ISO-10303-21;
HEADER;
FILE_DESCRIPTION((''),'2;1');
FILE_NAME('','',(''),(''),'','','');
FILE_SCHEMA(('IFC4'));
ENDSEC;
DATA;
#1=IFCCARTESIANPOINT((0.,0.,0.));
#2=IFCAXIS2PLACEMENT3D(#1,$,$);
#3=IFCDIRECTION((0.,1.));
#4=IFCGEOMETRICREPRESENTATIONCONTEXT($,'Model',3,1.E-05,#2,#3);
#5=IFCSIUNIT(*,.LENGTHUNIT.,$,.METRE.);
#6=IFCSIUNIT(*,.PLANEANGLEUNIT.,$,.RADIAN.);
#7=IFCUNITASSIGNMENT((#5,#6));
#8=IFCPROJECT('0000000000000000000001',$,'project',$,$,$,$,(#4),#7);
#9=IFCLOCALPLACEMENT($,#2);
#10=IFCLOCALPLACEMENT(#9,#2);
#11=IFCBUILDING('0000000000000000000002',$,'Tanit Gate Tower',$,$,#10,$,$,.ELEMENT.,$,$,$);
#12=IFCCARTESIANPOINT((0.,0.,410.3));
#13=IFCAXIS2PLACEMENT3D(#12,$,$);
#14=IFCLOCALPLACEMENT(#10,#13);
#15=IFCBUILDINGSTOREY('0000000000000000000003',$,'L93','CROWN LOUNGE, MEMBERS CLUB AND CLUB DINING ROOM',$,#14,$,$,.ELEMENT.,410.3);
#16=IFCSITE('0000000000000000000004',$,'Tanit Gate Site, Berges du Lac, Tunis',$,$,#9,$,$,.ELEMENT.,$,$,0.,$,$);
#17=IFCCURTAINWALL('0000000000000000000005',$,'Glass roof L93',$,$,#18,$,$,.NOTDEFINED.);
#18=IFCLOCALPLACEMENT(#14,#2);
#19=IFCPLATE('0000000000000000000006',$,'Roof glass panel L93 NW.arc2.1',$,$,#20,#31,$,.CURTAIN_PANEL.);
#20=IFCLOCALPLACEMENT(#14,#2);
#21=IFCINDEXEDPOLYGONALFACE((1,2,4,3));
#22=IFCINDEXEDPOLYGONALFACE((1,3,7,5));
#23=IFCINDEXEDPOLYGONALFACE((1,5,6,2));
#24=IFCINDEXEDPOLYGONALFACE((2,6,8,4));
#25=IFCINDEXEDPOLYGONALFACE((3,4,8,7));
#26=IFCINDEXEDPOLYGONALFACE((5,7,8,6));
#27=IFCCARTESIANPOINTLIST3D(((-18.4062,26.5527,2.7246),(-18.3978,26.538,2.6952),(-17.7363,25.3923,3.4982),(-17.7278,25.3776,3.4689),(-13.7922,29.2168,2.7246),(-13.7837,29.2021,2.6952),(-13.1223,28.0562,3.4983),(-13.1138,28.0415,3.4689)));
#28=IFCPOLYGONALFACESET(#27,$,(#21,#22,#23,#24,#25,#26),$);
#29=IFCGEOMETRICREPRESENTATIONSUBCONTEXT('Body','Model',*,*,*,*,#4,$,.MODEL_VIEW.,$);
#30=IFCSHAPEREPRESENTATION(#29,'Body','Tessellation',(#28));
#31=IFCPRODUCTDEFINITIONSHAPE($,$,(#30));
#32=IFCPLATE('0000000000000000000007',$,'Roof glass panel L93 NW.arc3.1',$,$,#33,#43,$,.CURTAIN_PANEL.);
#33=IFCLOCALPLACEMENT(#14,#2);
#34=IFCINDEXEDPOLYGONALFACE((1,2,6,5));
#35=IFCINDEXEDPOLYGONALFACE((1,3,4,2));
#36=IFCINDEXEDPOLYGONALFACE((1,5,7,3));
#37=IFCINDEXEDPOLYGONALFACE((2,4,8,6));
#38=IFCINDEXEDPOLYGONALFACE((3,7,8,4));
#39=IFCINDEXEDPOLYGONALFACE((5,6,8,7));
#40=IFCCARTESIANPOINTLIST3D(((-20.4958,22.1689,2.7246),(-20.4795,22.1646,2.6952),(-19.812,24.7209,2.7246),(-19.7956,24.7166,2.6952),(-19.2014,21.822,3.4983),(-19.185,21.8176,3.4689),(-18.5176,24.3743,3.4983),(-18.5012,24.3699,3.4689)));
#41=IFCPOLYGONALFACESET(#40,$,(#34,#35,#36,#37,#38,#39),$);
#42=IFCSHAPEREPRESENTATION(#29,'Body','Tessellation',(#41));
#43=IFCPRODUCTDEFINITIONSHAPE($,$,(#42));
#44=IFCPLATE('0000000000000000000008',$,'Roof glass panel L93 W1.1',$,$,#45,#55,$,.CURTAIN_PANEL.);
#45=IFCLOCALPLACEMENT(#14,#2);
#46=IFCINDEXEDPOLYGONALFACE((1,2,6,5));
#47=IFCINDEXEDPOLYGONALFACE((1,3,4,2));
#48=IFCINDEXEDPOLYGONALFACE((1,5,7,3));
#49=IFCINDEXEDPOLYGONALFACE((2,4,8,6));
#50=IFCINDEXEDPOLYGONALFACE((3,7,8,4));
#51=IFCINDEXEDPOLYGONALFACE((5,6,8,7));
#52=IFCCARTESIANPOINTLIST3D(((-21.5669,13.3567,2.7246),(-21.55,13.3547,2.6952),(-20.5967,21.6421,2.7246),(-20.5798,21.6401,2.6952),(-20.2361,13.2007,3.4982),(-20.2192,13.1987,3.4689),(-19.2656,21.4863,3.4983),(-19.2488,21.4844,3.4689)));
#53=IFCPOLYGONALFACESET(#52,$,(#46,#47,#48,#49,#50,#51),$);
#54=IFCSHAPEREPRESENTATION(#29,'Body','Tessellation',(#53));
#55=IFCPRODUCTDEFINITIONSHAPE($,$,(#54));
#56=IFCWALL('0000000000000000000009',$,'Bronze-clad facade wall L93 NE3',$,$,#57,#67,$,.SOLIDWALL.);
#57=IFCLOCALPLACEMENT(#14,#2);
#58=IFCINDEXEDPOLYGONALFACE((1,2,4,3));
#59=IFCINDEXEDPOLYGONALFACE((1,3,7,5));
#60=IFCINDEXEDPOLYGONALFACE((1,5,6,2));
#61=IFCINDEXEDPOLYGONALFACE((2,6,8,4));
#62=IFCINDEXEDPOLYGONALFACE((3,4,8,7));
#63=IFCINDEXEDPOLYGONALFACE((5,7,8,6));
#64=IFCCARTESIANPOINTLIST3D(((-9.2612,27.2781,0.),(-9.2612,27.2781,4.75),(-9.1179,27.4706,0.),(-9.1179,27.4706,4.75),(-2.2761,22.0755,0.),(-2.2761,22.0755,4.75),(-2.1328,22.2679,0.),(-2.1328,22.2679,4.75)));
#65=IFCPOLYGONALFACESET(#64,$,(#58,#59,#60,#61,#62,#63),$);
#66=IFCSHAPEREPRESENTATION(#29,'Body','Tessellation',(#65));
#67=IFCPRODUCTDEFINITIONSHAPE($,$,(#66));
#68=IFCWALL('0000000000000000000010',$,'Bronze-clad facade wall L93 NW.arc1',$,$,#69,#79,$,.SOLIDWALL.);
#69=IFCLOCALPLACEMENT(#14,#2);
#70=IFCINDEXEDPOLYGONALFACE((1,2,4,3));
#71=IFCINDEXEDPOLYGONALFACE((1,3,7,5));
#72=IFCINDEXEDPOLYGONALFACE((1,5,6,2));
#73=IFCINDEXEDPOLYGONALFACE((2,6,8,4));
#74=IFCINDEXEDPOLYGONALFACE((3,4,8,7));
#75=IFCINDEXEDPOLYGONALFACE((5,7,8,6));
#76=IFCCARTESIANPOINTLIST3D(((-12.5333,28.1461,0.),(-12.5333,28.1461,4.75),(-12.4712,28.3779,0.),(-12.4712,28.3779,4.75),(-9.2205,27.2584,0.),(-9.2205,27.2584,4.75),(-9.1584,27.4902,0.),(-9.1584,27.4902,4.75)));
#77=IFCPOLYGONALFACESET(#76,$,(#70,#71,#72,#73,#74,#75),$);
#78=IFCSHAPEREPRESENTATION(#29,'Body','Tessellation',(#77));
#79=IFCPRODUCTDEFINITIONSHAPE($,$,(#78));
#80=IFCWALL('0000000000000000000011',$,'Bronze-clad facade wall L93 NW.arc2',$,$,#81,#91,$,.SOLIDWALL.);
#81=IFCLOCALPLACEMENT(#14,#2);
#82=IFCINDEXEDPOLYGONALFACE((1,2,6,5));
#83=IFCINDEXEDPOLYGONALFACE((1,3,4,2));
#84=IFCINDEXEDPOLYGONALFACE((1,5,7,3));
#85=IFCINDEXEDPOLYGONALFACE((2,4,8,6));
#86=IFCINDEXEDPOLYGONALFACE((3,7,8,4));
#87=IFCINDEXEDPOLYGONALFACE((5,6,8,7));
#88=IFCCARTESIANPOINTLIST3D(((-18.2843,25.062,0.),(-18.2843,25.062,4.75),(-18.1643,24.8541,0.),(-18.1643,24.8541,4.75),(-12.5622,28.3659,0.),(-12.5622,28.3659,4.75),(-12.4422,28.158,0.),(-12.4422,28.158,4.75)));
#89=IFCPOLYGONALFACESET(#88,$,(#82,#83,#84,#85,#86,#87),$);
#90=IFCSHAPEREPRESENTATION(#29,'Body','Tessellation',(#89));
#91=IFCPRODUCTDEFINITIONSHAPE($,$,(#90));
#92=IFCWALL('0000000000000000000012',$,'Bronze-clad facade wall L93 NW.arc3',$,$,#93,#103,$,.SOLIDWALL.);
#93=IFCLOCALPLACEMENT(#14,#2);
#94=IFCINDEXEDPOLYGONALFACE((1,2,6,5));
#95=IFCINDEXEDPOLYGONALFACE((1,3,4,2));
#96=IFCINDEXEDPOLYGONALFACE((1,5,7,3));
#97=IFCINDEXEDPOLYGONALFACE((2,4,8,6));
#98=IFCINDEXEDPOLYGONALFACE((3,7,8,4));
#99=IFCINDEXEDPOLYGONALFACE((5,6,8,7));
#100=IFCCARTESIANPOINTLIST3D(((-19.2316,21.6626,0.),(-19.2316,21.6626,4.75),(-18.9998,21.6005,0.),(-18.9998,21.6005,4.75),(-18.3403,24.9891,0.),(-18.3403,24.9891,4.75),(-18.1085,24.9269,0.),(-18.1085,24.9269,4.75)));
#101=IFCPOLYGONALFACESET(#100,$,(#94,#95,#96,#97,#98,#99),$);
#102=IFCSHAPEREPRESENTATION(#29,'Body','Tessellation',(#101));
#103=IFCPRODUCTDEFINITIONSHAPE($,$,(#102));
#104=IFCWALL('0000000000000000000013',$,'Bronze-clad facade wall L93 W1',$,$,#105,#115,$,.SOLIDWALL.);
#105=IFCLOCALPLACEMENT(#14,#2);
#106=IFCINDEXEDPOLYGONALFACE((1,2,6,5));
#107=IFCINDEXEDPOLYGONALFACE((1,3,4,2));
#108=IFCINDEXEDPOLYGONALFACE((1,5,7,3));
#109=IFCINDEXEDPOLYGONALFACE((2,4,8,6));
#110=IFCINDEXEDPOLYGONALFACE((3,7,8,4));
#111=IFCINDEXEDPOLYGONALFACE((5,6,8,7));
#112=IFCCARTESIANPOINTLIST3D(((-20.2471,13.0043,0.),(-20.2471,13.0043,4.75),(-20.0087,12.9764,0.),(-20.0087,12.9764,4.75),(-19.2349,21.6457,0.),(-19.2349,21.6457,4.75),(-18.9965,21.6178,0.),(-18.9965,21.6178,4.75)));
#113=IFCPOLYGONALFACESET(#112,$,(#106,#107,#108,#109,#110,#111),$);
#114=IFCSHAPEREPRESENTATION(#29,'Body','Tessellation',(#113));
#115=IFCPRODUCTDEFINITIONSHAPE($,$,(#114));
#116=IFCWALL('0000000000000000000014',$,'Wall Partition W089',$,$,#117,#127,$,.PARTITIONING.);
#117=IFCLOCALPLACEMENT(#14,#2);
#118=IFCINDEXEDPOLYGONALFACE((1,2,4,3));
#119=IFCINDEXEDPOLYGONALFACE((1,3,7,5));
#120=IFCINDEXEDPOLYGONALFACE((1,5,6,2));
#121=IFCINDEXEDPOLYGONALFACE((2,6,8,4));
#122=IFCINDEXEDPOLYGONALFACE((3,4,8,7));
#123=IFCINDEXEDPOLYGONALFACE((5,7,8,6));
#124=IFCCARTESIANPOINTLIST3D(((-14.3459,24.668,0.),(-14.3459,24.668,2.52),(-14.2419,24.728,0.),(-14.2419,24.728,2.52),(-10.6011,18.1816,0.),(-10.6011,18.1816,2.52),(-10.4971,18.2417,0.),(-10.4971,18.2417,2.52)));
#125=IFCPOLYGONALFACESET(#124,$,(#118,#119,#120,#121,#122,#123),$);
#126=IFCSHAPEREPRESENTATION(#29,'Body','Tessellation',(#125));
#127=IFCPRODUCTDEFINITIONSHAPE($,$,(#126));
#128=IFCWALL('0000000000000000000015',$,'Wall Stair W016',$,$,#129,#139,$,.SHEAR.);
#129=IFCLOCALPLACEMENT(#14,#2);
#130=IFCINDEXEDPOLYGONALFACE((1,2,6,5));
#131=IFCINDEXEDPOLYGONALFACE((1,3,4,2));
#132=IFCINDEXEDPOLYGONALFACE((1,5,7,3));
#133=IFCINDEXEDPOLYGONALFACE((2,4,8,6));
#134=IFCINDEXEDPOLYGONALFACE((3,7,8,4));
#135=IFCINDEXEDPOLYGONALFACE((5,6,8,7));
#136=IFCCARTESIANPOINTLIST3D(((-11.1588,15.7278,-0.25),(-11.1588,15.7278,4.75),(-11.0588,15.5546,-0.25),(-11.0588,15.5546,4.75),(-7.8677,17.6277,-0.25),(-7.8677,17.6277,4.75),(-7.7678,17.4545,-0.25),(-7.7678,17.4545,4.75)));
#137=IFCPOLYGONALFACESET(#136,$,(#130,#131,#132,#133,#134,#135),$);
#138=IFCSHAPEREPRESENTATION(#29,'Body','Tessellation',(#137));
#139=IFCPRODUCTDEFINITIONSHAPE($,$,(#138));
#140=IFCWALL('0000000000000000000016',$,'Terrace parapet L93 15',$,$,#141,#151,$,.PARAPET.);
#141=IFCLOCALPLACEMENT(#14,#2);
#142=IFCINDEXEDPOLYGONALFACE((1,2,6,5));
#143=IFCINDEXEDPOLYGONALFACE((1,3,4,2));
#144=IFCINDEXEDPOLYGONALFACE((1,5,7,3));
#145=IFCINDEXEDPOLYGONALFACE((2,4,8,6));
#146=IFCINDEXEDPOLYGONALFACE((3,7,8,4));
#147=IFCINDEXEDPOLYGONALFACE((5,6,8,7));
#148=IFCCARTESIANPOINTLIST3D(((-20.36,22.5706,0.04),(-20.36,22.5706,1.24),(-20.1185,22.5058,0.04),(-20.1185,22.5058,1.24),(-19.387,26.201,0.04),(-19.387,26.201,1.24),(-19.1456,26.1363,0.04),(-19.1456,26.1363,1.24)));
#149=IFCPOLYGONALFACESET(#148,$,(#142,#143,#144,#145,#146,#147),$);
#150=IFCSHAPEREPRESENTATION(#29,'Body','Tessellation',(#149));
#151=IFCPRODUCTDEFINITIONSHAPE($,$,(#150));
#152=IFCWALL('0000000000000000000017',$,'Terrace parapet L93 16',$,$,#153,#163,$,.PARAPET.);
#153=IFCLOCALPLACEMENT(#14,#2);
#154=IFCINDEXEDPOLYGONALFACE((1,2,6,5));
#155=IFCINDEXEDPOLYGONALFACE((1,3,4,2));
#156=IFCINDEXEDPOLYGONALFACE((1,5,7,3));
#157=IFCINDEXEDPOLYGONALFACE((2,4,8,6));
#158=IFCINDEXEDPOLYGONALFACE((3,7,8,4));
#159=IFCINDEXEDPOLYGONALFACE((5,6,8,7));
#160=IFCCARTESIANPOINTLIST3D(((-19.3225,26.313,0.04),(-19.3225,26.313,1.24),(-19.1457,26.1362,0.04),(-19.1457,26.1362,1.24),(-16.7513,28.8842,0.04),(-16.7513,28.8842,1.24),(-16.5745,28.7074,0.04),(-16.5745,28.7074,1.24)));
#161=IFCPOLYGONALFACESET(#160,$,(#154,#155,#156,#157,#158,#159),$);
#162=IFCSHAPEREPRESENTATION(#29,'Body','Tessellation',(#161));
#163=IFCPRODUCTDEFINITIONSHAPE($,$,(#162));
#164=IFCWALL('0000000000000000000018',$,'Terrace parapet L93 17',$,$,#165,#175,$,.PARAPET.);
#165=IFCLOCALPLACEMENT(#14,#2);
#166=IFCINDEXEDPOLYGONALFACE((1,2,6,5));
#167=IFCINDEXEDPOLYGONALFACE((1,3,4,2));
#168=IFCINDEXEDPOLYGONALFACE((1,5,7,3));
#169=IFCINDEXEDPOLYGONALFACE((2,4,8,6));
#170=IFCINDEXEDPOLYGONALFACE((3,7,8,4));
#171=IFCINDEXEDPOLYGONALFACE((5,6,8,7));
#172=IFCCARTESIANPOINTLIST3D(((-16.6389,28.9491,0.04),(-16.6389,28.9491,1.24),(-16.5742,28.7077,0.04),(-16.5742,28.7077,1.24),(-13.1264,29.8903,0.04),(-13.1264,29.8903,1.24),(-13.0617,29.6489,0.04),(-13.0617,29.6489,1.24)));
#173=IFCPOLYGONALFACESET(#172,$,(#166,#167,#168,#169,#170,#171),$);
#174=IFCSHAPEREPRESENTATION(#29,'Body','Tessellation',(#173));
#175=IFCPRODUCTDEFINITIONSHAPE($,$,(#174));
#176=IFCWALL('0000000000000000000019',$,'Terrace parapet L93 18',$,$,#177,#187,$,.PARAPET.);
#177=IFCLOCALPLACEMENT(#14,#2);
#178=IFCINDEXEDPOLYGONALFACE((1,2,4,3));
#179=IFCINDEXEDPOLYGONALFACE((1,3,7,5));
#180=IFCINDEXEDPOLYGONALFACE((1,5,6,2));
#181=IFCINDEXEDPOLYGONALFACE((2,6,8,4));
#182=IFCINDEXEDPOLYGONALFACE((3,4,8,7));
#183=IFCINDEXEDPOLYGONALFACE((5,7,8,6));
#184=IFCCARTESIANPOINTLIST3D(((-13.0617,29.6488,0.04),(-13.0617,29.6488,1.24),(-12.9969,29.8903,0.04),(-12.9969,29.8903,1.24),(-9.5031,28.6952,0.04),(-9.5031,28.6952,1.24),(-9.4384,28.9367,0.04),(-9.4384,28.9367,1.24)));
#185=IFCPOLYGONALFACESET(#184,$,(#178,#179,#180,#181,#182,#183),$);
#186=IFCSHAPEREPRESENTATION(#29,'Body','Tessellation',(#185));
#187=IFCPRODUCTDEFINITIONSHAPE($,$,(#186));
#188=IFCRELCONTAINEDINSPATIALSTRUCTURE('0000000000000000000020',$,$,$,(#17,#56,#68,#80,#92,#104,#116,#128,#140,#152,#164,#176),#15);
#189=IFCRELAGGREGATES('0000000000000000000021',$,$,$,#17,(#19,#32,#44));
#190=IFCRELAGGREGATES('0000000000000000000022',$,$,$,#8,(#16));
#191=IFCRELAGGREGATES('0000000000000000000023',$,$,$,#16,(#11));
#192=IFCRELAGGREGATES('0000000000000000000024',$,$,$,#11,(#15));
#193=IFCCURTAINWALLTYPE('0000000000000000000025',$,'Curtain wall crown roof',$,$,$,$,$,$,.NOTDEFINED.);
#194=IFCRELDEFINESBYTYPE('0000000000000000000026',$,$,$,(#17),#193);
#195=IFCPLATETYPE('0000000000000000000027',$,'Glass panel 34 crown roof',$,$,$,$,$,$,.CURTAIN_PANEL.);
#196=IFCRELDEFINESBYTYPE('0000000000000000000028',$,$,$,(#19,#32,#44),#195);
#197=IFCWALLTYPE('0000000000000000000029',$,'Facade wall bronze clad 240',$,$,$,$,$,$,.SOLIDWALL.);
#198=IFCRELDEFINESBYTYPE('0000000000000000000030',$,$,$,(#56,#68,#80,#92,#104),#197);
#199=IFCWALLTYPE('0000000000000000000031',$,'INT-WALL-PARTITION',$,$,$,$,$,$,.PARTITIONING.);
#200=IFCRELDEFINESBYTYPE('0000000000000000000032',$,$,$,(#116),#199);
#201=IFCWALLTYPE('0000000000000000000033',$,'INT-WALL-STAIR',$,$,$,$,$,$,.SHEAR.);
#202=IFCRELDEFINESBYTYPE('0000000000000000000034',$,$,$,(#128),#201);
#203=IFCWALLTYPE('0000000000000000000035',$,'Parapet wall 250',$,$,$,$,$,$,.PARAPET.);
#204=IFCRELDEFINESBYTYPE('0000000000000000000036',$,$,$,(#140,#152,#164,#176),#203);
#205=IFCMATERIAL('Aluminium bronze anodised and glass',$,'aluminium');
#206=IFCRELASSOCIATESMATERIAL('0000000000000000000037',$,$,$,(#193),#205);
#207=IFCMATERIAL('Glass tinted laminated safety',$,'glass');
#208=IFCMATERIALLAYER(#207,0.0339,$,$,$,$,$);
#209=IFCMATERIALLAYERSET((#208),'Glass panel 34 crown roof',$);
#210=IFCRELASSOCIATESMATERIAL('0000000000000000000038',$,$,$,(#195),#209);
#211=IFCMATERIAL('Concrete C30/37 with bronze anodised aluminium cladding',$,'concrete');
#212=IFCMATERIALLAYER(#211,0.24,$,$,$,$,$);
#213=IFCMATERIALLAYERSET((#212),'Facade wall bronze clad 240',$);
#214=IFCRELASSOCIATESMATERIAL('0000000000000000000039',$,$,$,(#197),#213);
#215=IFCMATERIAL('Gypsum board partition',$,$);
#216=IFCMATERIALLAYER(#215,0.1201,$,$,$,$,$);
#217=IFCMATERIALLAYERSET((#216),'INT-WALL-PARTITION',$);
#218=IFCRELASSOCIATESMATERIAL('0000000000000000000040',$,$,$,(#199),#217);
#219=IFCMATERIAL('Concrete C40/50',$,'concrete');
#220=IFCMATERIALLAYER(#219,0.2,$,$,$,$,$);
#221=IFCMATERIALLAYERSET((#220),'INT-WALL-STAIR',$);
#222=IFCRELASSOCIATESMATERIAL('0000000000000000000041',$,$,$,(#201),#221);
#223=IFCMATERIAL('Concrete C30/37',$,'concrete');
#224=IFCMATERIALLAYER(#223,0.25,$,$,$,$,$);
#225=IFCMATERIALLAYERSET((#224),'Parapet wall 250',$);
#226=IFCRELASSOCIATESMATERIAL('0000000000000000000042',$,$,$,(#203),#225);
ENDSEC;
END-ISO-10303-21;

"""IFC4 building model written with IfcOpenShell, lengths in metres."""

from ifc_helpers import new_model, si_unit, direction, frame, frame_2d, origin, place, context, subcontext, project, spatial, polyline, rectangle, outline, extrude, material, layer, layer_set, type_object, element, aggregate, save


model = new_model("IFC4")

# Units and contexts
model_context = context("Model", 3, precision=1e-05, world=origin(), true_north=direction((0.0, 1.0)))
body_context = subcontext(model_context, "Body", "Model", "MODEL_VIEW")
ifc_project = project(units=[si_unit("LENGTHUNIT", "METRE"), si_unit("PLANEANGLEUNIT", "RADIAN")], contexts=[model_context])

# Site, building, storey
site_placement = place(None, origin())
site = spatial("IfcSite", under=ifc_project, at=site_placement, Name="Tanit Gate Site, Berges du Lac, Tunis", CompositionType="ELEMENT", RefElevation=0.0)
building_placement = place(site_placement, origin())
building = spatial("IfcBuilding", under=site, at=building_placement, Name="Tanit Gate Tower", CompositionType="ELEMENT")
storey_placement = place(building_placement, frame((0.0, 0.0, 410.3)))
storey = spatial("IfcBuildingStorey", under=building, at=storey_placement, Name="L93", Description="CROWN LOUNGE, MEMBERS CLUB AND CLUB DINING ROOM", CompositionType="ELEMENT", Elevation=410.3)

# Curtain wall
ifc_material_1 = material(Name="Aluminium bronze anodised and glass", Category="aluminium")
curtain_wall_type = type_object("IfcCurtainWallType", Name="Curtain wall crown roof", PredefinedType="NOTDEFINED", material=ifc_material_1)
curtain_wall_placement = place(storey_placement, origin())
curtain_wall = element("IfcCurtainWall", 1, at=curtain_wall_placement, inside=storey, type_object=curtain_wall_type, Name="Glass roof L93", PredefinedType="NOTDEFINED")

# Plates
ifc_material_2 = material(Name="Glass tinted laminated safety", Category="glass")
ifc_layer_1 = layer(ifc_material_2, 0.0339)
ifc_layer_set_1 = layer_set([ifc_layer_1], Name="Glass panel 34 crown roof")
plate_type = type_object("IfcPlateType", Name="Glass panel 34 crown roof", PredefinedType="CURTAIN_PANEL", material=ifc_layer_set_1)
plate_1_placement = place(storey_placement, frame((-13.1223, 28.0562, 3.4983), z_axis=(-0.25001, 0.433024, 0.866017), x_axis=(-0.86603, -0.499993, -0.000009)))
plate_1 = element("IfcPlate", 2, at=plate_1_placement, type_object=plate_type, Name="Roof glass panel L93 NW.arc2.1", PredefinedType="CURTAIN_PANEL", context=body_context, shape_type="SweptSolid", body=[
    extrude(outline(polyline([(0.0, 0.0), (5.3278, 0.0), (5.3277, -1.5472), (-0.0001, -1.5474), (0.0, 0.0)])), origin(), (0.0, 0.0, -1.0), 0.0339),
])
plate_2_placement = place(storey_placement, frame((-18.5176, 24.3743, 3.4983), z_axis=(-0.482955, 0.129407, 0.86603), x_axis=(-0.25881, -0.965928, 0.000005)))
plate_2 = element("IfcPlate", 3, at=plate_2_placement, type_object=plate_type, Name="Roof glass panel L93 NW.arc3.1", PredefinedType="CURTAIN_PANEL", context=body_context, shape_type="SweptSolid", body=[
    extrude(outline(polyline([(0.0, 0.0), (2.6423, 0.0), (2.6422, -1.5474), (0.0001, -1.5474), (0.0, 0.0)])), origin(), (0.0, 0.0, -1.0), 0.0339),
])
plate_3_placement = place(storey_placement, frame((-19.2656, 21.4863, 3.4983), z_axis=(-0.496613, 0.05816, 0.866021), x_axis=(-0.116327, -0.993211, -0.000006)))
plate_3 = element("IfcPlate", 4, at=plate_3_placement, type_object=plate_type, Name="Roof glass panel L93 W1.1", PredefinedType="CURTAIN_PANEL", context=body_context, shape_type="SweptSolid", body=[
    extrude(outline(polyline([(0.0, 0.0), (8.3423, 0.0), (8.3422, -1.5472), (0.0001, -1.5474), (0.0, 0.0)])), origin(), (0.0, 0.0, -1.0), 0.0339),
])
aggregate(curtain_wall, [plate_1, plate_2, plate_3])

# Walls
ifc_material_3 = material(Name="Concrete C30/37 with bronze anodised aluminium cladding", Category="concrete")
ifc_layer_2 = layer(ifc_material_3, 0.24)
ifc_layer_set_2 = layer_set([ifc_layer_2], Name="Facade wall bronze clad 240")
wall_type_1 = type_object("IfcWallType", Name="Facade wall bronze clad 240", PredefinedType="SOLIDWALL", material=ifc_layer_set_2)
wall_1_placement = place(storey_placement, frame((-2.2043, 22.1716, 0.0), z_axis=(0.0, 0.0, 1.0), x_axis=(-0.80199, 0.597337, 0.0)))
element("IfcWall", 5, at=wall_1_placement, inside=storey, type_object=wall_type_1, Name="Bronze-clad facade wall L93 NE3", PredefinedType="SOLIDWALL", context=body_context, shape_type="SweptSolid", body=[
    extrude(rectangle(XDim=8.7097, YDim=0.24, at=frame_2d((4.355, 0.0))), origin(), (0.0, 0.0, 1.0), 4.75),
])
wall_2_placement = place(storey_placement, frame((-9.1895, 27.3743, 0.0), z_axis=(0.0, 0.0, 1.0), x_axis=(-0.965922, 0.258832, 0.0)))
element("IfcWall", 6, at=wall_2_placement, inside=storey, type_object=wall_type_1, Name="Bronze-clad facade wall L93 NW.arc1", PredefinedType="SOLIDWALL", context=body_context, shape_type="SweptSolid", body=[
    extrude(rectangle(XDim=3.4297, YDim=0.24, at=frame_2d((1.7148, 0.0))), origin(), (0.0, 0.0, 1.0), 4.75),
])
wall_3_placement = place(storey_placement, frame((-12.5022, 28.262, 0.0), z_axis=(0.0, 0.0, 1.0), x_axis=(-0.866008, -0.500029, 0.0)))
element("IfcWall", 7, at=wall_3_placement, inside=storey, type_object=wall_type_1, Name="Bronze-clad facade wall L93 NW.arc2", PredefinedType="SOLIDWALL", context=body_context, shape_type="SweptSolid", body=[
    extrude(rectangle(XDim=6.6074, YDim=0.24, at=frame_2d((3.3037, 0.0))), origin(), (0.0, 0.0, 1.0), 4.75),
])
wall_4_placement = place(storey_placement, frame((-18.2244, 24.958, 0.0), z_axis=(0.0, 0.0, 1.0), x_axis=(-0.258832, -0.965922, 0.0)))
element("IfcWall", 8, at=wall_4_placement, inside=storey, type_object=wall_type_1, Name="Bronze-clad facade wall L93 NW.arc3", PredefinedType="SOLIDWALL", context=body_context, shape_type="SweptSolid", body=[
    extrude(rectangle(XDim=3.4438, YDim=0.24, at=frame_2d((1.7219, 0.0))), origin(), (0.0, 0.0, 1.0), 4.75),
])
wall_5_placement = place(storey_placement, frame((-19.1157, 21.6316, 0.0), z_axis=(0.0, 0.0, 1.0), x_axis=(-0.11634, -0.993209, 0.0)))
element("IfcWall", 9, at=wall_5_placement, inside=storey, type_object=wall_type_1, Name="Bronze-clad facade wall L93 W1", PredefinedType="SOLIDWALL", context=body_context, shape_type="SweptSolid", body=[
    extrude(rectangle(XDim=8.7004, YDim=0.24, at=frame_2d((4.3501, 0.0))), origin(), (0.0, 0.0, 1.0), 4.75),
])
ifc_material_4 = material(Name="Gypsum board partition")
ifc_layer_3 = layer(ifc_material_4, 0.1201)
ifc_layer_set_3 = layer_set([ifc_layer_3], Name="INT-WALL-PARTITION")
wall_type_2 = type_object("IfcWallType", Name="INT-WALL-PARTITION", PredefinedType="PARTITIONING", material=ifc_layer_set_3)
wall_6_placement = place(storey_placement, frame((-10.5491, 18.2117, 0.0), z_axis=(0.0, 0.0, 1.0), x_axis=(-0.499999, 0.866026, 0.0)))
element("IfcWall", 10, at=wall_6_placement, inside=storey, type_object=wall_type_2, Name="Wall Partition W089", PredefinedType="PARTITIONING", context=body_context, shape_type="SweptSolid", body=[
    extrude(rectangle(XDim=7.4897, YDim=0.1201, at=frame_2d((3.7449, 0.0))), origin(), (0.0, 0.0, 1.0), 2.52),
])
ifc_material_5 = material(Name="Concrete C40/50", Category="concrete")
ifc_layer_4 = layer(ifc_material_5, 0.2)
ifc_layer_set_4 = layer_set([ifc_layer_4], Name="INT-WALL-STAIR")
wall_type_3 = type_object("IfcWallType", Name="INT-WALL-STAIR", PredefinedType="SHEAR", material=ifc_layer_set_4)
wall_7_placement = place(storey_placement, frame((-7.8179, 17.541, -0.25), z_axis=(0.0, 0.0, 1.0), x_axis=(-0.866044, -0.499967, 0.0)))
element("IfcWall", 11, at=wall_7_placement, inside=storey, type_object=wall_type_3, Name="Wall Stair W016", PredefinedType="SHEAR", context=body_context, shape_type="SweptSolid", body=[
    extrude(rectangle(XDim=3.8, YDim=0.2, at=frame_2d((1.8999, 0.0))), origin(), (0.0, 0.0, 1.0), 5.0),
])
ifc_material_6 = material(Name="Concrete C30/37", Category="concrete")
ifc_layer_5 = layer(ifc_material_6, 0.25)
ifc_layer_set_5 = layer_set([ifc_layer_5], Name="Parapet wall 250")
wall_type_4 = type_object("IfcWallType", Name="Parapet wall 250", PredefinedType="PARAPET", material=ifc_layer_set_5)
wall_8_placement = place(storey_placement, frame((-20.2393, 22.5381, 0.04), z_axis=(0.0, 0.0, 1.0), x_axis=(0.258855, 0.965916, 0.0)))
element("IfcWall", 12, at=wall_8_placement, inside=storey, type_object=wall_type_4, Name="Terrace parapet L93 15", PredefinedType="PARAPET", context=body_context, shape_type="SweptSolid", body=[
    extrude(rectangle(XDim=3.7585, YDim=0.25, at=frame_2d((1.8794, 0.0))), origin(), (0.0, 0.0, 1.0), 1.2),
])
wall_9_placement = place(storey_placement, frame((-19.2341, 26.2246, 0.04), z_axis=(0.0, 0.0, 1.0), x_axis=(0.707107, 0.707107, 0.0)))
element("IfcWall", 13, at=wall_9_placement, inside=storey, type_object=wall_type_4, Name="Terrace parapet L93 16", PredefinedType="PARAPET", context=body_context, shape_type="SweptSolid", body=[
    extrude(rectangle(XDim=3.6362, YDim=0.25, at=frame_2d((1.8181, 0.0))), origin(), (0.0, 0.0, 1.0), 1.2),
])
wall_10_placement = place(storey_placement, frame((-16.6067, 28.8284, 0.04), z_axis=(0.0, 0.0, 1.0), x_axis=(0.965926, 0.25882, 0.0)))
element("IfcWall", 14, at=wall_10_placement, inside=storey, type_object=wall_type_4, Name="Terrace parapet L93 17", PredefinedType="PARAPET", context=body_context, shape_type="SweptSolid", body=[
    extrude(rectangle(XDim=3.6365, YDim=0.25, at=frame_2d((1.8184, 0.0))), origin(), (0.0, 0.0, 1.0), 1.2),
])
wall_11_placement = place(storey_placement, frame((-13.0293, 29.7695, 0.04), z_axis=(0.0, 0.0, 1.0), x_axis=(0.96592, -0.258842, 0.0)))
element("IfcWall", 15, at=wall_11_placement, inside=storey, type_object=wall_type_4, Name="Terrace parapet L93 18", PredefinedType="PARAPET", context=body_context, shape_type="SweptSolid", body=[
    extrude(rectangle(XDim=3.6841, YDim=0.25, at=frame_2d((1.842, 0.0))), origin(), (0.0, 0.0, 1.0), 1.2),
])

save(model, "model.ifc")
